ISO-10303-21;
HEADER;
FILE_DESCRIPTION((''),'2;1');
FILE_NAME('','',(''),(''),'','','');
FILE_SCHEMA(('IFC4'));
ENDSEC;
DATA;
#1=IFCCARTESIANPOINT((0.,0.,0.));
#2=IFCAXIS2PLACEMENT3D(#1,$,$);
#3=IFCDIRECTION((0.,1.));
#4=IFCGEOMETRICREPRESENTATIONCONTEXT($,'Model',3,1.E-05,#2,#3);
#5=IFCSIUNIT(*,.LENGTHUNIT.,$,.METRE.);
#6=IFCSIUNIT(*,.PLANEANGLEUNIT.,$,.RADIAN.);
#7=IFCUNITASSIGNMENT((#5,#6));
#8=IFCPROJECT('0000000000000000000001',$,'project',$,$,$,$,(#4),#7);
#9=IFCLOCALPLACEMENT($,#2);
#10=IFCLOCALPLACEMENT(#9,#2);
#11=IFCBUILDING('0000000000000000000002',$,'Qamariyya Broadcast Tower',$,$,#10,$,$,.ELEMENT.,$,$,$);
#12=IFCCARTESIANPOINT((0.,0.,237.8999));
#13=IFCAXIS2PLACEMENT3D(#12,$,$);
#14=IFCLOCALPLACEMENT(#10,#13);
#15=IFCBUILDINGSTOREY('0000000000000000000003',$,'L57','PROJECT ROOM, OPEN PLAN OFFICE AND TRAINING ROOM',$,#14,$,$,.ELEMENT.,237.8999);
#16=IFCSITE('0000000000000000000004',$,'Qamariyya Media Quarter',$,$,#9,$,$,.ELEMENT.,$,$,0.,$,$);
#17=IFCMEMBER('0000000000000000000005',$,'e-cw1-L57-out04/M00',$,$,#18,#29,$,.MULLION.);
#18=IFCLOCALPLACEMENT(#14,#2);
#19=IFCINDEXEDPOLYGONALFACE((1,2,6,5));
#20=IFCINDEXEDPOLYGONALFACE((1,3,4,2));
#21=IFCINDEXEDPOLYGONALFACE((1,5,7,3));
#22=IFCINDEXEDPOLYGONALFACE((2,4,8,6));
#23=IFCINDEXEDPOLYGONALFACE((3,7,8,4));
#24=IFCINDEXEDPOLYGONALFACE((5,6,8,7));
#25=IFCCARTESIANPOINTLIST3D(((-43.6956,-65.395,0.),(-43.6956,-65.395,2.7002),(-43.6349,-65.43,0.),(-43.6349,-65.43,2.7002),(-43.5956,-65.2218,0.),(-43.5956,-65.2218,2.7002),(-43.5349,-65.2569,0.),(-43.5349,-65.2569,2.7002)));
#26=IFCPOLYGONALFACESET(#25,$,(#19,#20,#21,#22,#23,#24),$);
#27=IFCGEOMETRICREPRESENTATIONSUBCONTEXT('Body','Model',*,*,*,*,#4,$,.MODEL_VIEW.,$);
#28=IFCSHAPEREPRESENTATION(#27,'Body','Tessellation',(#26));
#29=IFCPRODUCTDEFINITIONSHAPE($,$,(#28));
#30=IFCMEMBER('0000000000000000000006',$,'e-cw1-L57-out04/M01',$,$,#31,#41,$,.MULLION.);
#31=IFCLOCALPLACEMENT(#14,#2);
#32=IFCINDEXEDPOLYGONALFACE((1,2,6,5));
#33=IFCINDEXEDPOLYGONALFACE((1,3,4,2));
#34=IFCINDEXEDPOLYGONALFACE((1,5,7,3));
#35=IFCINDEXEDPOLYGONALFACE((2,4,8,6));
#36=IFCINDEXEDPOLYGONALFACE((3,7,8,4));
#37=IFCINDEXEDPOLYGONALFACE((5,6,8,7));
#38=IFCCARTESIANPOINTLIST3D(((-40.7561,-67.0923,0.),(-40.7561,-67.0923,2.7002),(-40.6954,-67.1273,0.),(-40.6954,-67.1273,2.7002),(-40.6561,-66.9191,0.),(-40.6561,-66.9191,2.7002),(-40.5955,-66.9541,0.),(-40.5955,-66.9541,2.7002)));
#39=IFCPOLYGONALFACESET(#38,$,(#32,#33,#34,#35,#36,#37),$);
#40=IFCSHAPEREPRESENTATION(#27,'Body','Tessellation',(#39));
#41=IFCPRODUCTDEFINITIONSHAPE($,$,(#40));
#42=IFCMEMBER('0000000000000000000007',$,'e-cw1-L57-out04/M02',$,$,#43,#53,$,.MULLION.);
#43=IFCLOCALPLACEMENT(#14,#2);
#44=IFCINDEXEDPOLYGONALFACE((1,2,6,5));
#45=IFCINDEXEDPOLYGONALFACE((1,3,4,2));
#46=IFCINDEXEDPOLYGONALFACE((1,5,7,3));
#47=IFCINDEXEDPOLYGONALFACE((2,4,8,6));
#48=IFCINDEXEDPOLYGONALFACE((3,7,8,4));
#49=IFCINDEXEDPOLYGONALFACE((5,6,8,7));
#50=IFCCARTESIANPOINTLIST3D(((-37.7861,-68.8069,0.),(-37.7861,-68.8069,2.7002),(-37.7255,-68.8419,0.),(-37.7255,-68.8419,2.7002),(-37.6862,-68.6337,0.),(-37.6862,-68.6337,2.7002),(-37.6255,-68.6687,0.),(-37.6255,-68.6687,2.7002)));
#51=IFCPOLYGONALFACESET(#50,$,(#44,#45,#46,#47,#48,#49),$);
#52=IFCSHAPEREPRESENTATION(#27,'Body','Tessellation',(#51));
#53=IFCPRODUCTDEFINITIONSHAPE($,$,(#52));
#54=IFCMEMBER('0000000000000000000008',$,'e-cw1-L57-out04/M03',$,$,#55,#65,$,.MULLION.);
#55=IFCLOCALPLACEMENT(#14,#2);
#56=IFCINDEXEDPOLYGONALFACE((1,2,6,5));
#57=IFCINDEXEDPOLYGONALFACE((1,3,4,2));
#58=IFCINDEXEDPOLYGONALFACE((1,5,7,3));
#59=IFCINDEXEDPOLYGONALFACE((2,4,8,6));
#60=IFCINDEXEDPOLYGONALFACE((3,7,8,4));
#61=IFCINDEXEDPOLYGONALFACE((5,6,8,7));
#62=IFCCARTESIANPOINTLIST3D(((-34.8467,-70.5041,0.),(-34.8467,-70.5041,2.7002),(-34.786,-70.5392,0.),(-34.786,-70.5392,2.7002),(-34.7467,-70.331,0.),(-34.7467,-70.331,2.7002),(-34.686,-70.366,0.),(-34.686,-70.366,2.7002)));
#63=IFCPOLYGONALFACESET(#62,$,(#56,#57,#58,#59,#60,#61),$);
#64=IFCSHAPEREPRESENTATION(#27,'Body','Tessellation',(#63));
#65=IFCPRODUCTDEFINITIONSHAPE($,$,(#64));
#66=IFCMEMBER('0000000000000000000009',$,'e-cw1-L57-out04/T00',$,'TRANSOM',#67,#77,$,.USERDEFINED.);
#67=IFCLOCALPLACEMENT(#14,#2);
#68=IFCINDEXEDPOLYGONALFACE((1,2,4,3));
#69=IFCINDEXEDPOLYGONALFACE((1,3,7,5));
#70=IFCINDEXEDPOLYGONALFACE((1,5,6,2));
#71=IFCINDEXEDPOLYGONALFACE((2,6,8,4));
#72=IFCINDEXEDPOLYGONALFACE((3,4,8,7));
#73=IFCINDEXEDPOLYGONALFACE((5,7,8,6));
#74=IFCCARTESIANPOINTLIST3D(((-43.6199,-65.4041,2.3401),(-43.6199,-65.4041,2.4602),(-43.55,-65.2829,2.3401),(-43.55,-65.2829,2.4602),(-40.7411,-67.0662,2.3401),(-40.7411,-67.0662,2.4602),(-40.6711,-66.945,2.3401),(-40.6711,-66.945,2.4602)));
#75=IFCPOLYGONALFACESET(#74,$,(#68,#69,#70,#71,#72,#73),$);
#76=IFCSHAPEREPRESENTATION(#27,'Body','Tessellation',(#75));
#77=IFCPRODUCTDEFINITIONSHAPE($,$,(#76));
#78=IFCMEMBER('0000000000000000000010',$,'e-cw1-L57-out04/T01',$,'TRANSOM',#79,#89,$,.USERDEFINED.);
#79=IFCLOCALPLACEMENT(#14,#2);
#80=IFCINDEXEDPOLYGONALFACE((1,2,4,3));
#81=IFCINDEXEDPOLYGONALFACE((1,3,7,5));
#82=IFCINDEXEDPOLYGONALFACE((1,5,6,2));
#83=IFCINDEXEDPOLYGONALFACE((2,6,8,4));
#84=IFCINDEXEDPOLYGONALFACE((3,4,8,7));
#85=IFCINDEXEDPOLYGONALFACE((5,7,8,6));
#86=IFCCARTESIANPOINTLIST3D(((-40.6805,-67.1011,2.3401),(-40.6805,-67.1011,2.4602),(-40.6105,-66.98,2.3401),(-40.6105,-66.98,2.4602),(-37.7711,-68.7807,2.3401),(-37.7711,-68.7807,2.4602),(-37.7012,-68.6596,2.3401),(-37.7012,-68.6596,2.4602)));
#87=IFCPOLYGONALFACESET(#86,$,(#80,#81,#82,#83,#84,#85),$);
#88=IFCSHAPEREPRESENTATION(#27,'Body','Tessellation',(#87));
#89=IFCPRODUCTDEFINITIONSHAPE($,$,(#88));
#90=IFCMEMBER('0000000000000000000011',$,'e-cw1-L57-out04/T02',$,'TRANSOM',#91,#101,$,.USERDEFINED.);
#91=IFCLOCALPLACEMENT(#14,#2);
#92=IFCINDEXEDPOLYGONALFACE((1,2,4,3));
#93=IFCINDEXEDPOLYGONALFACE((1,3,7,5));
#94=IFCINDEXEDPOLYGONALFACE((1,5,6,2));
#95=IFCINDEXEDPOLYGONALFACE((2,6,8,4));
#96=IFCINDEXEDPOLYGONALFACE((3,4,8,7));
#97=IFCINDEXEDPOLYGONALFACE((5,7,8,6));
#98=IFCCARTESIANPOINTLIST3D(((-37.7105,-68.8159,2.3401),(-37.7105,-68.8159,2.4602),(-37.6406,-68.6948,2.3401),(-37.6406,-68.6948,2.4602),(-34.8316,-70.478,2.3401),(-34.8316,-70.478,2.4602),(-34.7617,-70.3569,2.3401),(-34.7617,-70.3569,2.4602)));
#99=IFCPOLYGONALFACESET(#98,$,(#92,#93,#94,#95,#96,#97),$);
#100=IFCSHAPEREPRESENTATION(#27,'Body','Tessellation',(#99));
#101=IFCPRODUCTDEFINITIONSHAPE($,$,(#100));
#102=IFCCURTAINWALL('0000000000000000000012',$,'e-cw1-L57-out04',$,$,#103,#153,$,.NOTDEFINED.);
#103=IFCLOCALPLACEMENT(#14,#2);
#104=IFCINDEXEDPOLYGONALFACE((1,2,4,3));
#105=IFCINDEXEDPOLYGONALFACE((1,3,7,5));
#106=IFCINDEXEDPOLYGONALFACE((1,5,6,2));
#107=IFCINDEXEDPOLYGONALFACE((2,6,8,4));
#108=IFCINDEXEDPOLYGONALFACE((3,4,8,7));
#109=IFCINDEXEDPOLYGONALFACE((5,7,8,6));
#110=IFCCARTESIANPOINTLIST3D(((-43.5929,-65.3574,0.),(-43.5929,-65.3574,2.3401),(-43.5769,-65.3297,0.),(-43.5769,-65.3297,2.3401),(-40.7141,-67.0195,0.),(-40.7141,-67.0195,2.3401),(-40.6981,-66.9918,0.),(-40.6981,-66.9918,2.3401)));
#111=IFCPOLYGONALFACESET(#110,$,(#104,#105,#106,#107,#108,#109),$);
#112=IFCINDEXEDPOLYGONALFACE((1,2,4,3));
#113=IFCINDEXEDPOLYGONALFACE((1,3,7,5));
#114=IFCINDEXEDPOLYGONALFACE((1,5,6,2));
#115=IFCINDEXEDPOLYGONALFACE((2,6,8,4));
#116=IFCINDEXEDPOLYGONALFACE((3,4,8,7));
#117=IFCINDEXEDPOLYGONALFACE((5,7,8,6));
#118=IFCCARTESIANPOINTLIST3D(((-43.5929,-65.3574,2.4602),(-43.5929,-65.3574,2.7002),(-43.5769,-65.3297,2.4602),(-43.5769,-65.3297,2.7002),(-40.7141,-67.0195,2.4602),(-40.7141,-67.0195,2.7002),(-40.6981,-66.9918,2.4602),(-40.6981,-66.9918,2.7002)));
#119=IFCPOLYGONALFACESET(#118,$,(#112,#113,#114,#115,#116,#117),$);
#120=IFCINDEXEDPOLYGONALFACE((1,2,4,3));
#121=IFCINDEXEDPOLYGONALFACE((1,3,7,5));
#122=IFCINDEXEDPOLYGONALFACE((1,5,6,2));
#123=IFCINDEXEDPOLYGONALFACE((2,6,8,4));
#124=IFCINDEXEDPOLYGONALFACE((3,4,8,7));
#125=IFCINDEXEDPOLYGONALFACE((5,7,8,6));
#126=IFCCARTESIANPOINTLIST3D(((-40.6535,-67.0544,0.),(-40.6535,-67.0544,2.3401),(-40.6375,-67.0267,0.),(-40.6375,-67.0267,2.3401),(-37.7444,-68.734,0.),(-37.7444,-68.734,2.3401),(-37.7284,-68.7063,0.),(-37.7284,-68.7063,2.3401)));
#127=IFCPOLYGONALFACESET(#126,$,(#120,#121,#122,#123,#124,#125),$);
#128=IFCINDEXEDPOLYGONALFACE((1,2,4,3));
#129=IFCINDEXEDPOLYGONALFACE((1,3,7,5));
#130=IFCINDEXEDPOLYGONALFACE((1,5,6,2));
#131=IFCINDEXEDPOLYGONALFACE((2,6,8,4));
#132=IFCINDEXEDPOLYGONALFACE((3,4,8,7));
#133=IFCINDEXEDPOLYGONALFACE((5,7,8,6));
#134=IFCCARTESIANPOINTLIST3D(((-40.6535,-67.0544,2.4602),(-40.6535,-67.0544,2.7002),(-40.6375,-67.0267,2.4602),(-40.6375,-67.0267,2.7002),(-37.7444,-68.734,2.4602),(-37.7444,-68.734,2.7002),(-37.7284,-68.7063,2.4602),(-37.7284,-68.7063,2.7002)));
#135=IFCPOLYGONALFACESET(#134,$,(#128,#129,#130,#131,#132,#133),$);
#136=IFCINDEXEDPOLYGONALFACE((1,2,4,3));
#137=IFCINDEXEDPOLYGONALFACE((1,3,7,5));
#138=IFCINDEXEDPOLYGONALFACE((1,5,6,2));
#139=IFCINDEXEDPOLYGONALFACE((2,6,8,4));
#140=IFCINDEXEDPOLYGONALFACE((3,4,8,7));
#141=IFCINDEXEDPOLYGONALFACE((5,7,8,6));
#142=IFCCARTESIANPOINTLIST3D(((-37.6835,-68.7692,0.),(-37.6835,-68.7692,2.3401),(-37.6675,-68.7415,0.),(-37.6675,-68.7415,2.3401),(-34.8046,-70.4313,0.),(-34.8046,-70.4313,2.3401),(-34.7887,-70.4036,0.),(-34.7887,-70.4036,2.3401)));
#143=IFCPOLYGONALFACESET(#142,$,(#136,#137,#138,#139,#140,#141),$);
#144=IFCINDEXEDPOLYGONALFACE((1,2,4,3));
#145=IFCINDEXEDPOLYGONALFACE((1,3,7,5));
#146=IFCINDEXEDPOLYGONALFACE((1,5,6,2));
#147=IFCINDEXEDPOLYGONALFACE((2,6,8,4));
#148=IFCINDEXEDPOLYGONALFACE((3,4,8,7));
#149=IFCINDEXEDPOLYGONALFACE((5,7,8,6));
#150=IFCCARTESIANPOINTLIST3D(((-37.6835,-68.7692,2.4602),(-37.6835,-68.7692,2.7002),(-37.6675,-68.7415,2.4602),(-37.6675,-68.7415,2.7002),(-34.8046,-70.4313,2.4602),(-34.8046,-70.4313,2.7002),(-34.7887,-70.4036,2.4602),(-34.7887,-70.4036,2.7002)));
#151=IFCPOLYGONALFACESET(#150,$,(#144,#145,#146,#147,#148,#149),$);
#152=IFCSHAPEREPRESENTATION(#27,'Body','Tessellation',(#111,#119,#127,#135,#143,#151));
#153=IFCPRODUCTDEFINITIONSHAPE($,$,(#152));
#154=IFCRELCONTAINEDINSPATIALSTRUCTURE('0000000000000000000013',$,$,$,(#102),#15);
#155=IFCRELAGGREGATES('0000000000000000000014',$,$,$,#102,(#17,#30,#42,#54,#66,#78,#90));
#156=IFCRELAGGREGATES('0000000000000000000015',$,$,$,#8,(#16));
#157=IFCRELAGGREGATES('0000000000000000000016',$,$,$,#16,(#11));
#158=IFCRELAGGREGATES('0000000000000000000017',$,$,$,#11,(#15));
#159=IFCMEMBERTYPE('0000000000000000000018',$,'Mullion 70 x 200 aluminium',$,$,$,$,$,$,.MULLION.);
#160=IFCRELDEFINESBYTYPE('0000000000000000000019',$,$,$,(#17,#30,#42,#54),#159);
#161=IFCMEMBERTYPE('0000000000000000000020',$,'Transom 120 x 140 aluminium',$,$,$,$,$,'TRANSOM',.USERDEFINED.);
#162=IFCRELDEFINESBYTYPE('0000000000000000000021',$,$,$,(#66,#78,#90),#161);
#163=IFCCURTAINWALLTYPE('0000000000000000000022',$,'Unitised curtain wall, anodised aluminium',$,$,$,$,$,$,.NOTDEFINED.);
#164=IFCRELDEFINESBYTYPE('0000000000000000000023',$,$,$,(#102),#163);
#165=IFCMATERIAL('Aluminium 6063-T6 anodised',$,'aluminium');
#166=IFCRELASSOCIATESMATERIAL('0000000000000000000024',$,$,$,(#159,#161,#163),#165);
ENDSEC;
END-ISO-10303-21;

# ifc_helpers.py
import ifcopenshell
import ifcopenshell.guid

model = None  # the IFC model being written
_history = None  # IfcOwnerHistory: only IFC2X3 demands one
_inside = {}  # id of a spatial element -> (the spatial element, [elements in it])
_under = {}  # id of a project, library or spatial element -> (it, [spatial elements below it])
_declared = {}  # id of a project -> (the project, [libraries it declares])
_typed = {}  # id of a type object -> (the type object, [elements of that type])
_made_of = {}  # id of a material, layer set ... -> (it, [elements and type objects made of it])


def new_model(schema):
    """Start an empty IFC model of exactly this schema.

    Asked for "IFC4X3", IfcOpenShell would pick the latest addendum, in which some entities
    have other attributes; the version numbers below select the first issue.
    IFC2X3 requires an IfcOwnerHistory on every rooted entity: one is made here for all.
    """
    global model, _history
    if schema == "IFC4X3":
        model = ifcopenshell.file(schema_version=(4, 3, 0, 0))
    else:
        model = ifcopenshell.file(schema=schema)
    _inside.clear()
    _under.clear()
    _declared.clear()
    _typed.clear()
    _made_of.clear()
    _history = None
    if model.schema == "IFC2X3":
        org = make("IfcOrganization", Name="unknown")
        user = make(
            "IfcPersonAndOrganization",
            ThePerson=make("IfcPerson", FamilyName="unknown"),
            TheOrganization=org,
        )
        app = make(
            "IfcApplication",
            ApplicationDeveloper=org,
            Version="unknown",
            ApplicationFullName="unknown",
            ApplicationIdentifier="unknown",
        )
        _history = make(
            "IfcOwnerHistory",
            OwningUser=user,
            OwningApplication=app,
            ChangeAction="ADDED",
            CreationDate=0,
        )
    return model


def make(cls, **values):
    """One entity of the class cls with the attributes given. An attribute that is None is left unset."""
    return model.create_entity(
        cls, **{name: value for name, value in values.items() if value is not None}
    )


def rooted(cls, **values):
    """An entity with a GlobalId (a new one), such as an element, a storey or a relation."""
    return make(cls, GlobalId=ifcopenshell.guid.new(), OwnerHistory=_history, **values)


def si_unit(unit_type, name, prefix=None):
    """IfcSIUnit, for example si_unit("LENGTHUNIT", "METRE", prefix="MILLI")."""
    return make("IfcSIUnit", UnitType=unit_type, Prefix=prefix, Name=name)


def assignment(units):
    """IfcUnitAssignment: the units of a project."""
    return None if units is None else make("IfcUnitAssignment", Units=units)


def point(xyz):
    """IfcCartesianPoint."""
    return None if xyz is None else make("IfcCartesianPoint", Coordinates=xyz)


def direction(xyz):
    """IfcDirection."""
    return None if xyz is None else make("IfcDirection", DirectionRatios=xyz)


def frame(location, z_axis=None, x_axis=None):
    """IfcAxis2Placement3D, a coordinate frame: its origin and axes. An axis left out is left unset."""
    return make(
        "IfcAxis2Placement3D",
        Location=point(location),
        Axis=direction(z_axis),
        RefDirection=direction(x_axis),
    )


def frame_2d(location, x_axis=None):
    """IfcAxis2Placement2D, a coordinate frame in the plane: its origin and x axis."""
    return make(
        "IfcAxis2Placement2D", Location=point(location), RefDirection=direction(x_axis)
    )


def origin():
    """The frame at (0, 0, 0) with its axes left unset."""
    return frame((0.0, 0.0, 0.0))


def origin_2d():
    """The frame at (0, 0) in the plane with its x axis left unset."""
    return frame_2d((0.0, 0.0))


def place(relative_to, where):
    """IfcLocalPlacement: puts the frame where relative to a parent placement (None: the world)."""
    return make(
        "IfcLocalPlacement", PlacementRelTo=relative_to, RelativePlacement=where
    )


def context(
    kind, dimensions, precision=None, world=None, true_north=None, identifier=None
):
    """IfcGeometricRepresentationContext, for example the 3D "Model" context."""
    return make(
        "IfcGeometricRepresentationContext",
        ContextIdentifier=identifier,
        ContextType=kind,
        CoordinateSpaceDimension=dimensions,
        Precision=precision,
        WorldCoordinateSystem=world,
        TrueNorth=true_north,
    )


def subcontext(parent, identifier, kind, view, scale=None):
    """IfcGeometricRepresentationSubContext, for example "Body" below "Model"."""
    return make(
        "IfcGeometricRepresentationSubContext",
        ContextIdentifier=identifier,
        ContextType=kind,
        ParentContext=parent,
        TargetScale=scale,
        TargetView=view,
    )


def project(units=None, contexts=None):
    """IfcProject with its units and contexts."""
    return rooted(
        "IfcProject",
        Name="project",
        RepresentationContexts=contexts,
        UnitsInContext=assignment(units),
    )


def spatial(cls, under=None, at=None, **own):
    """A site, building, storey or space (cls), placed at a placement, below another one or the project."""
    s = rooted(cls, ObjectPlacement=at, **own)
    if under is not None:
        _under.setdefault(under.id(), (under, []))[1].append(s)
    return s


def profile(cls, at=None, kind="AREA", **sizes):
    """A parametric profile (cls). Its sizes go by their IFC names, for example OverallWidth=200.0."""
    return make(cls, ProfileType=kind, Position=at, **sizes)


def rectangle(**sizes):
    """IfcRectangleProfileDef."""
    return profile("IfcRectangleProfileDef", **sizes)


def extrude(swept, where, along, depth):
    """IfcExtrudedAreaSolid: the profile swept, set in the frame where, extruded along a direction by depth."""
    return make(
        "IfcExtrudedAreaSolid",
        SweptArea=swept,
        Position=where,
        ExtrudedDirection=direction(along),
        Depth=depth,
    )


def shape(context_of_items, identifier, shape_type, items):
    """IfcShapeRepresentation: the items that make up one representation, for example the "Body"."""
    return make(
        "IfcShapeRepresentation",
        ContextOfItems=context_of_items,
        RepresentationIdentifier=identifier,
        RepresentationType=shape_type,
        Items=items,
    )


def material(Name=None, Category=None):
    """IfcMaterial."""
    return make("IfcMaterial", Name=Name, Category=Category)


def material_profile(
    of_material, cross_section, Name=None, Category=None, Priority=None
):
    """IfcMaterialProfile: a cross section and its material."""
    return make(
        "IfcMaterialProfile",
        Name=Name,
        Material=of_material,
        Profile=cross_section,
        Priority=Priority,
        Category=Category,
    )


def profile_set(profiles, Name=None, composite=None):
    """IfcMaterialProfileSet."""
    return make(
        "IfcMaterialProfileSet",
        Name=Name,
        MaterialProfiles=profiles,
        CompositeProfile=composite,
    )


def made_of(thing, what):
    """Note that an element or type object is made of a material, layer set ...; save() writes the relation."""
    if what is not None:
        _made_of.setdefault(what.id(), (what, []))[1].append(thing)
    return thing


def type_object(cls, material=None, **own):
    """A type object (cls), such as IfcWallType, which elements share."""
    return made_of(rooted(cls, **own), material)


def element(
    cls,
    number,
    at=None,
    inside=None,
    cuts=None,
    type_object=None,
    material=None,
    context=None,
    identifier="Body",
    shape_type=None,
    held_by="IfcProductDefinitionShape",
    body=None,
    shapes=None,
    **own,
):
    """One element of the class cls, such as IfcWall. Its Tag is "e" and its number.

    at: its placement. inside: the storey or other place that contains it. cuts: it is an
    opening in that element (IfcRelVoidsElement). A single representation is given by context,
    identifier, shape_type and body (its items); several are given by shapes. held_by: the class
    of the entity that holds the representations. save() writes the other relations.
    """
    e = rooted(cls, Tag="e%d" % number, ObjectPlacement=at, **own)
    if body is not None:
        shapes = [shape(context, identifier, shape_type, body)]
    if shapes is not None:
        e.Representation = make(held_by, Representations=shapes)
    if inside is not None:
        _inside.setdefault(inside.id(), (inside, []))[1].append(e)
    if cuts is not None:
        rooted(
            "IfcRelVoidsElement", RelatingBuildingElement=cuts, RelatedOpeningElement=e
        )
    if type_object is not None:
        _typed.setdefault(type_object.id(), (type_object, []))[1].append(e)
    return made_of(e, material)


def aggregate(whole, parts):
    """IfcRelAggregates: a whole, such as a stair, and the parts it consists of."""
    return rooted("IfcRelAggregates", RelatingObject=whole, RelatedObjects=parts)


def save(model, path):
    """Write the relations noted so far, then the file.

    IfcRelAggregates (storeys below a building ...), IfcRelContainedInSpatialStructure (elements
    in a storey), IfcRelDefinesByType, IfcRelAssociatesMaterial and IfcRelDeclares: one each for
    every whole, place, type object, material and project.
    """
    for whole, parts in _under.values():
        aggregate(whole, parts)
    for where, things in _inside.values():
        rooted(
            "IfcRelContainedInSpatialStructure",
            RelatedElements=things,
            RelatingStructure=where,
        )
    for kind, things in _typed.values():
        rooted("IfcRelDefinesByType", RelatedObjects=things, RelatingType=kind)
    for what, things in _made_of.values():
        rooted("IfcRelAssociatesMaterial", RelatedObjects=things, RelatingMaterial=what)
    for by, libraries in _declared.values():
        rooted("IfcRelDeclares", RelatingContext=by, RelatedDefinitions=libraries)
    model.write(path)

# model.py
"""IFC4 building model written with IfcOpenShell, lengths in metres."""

from ifc_helpers import new_model, si_unit, direction, frame, origin, origin_2d, place, context, subcontext, project, spatial, rectangle, extrude, material, material_profile, profile_set, type_object, element, aggregate, save


model = new_model("IFC4")

# Units and contexts
model_context = context("Model", 3, precision=1e-05, world=origin(), true_north=direction((0.0, 1.0)))
body_context = subcontext(model_context, "Body", "Model", "MODEL_VIEW")
ifc_project = project(units=[si_unit("LENGTHUNIT", "METRE"), si_unit("PLANEANGLEUNIT", "RADIAN")], contexts=[model_context])

# Members
ifc_material = material(Name="Aluminium 6063-T6 anodised", Category="aluminium")
ifc_material_profile_1 = material_profile(ifc_material, rectangle(XDim=0.2, YDim=0.0701, at=origin_2d()))
ifc_profile_set_1 = profile_set([ifc_material_profile_1], Name="Aluminium 6063-T6 anodised")
member_type_1 = type_object("IfcMemberType", Name="Mullion 70 x 200 aluminium", PredefinedType="MULLION", material=ifc_profile_set_1)
site_placement = place(None, origin())
building_placement = place(site_placement, origin())
storey_placement = place(building_placement, frame((0.0, 0.0, 237.8999)))
member_1_placement = place(storey_placement, frame((-43.6152, -65.3259, 0.0), z_axis=(0.0, 0.0, 1.0), x_axis=(0.5, 0.866025, 0.0)))
member_1 = element("IfcMember", 1, at=member_1_placement, type_object=member_type_1, Name="e-cw1-L57-out04/M00", PredefinedType="MULLION", context=body_context, shape_type="SweptSolid", body=[
    extrude(rectangle(XDim=0.2, YDim=0.0701, at=origin_2d()), origin(), (0.0, 0.0, 1.0), 2.7002),
])
member_2_placement = place(storey_placement, frame((-40.6758, -67.0232, 0.0), z_axis=(0.0, 0.0, 1.0), x_axis=(0.5, 0.866025, 0.0)))
member_2 = element("IfcMember", 2, at=member_2_placement, type_object=member_type_1, Name="e-cw1-L57-out04/M01", PredefinedType="MULLION", context=body_context, shape_type="SweptSolid", body=[
    extrude(rectangle(XDim=0.2, YDim=0.0701, at=origin_2d()), origin(), (0.0, 0.0, 1.0), 2.7002),
])
member_3_placement = place(storey_placement, frame((-37.7058, -68.7378, 0.0), z_axis=(0.0, 0.0, 1.0), x_axis=(0.5, 0.866025, 0.0)))
member_3 = element("IfcMember", 3, at=member_3_placement, type_object=member_type_1, Name="e-cw1-L57-out04/M02", PredefinedType="MULLION", context=body_context, shape_type="SweptSolid", body=[
    extrude(rectangle(XDim=0.2, YDim=0.0701, at=origin_2d()), origin(), (0.0, 0.0, 1.0), 2.7002),
])
member_4_placement = place(storey_placement, frame((-34.7664, -70.4351, 0.0), z_axis=(0.0, 0.0, 1.0), x_axis=(0.5, 0.866025, 0.0)))
member_4 = element("IfcMember", 4, at=member_4_placement, type_object=member_type_1, Name="e-cw1-L57-out04/M03", PredefinedType="MULLION", context=body_context, shape_type="SweptSolid", body=[
    extrude(rectangle(XDim=0.2, YDim=0.0701, at=origin_2d()), origin(), (0.0, 0.0, 1.0), 2.7002),
])
ifc_material_profile_2 = material_profile(ifc_material, rectangle(XDim=0.1399, YDim=0.1201, at=origin_2d()))
ifc_profile_set_2 = profile_set([ifc_material_profile_2], Name="Aluminium 6063-T6 anodised")
member_type_2 = type_object("IfcMemberType", Name="Transom 120 x 140 aluminium", ElementType="TRANSOM", PredefinedType="USERDEFINED", material=ifc_profile_set_2)
member_5_placement = place(storey_placement, frame((-43.585, -65.3435, 2.4001), z_axis=(0.866029, -0.499994, 0.0), x_axis=(0.499994, 0.866029, 0.0)))
member_5 = element("IfcMember", 5, at=member_5_placement, type_object=member_type_2, Name="e-cw1-L57-out04/T00", ObjectType="TRANSOM", PredefinedType="USERDEFINED", context=body_context, shape_type="SweptSolid", body=[
    extrude(rectangle(XDim=0.1399, YDim=0.1201, at=origin_2d()), origin(), (0.0, 0.0, 1.0), 3.3242),
])
member_6_placement = place(storey_placement, frame((-40.6455, -67.0405, 2.4001), z_axis=(0.866034, -0.499985, 0.0), x_axis=(0.499985, 0.866034, 0.0)))
member_6 = element("IfcMember", 6, at=member_6_placement, type_object=member_type_2, Name="e-cw1-L57-out04/T01", ObjectType="TRANSOM", PredefinedType="USERDEFINED", context=body_context, shape_type="SweptSolid", body=[
    extrude(rectangle(XDim=0.1399, YDim=0.1201, at=origin_2d()), origin(), (0.0, 0.0, 1.0), 3.3594),
])
member_7_placement = place(storey_placement, frame((-37.6755, -68.7554, 2.4001), z_axis=(0.866029, -0.499994, 0.0), x_axis=(0.499994, 0.866029, 0.0)))
member_7 = element("IfcMember", 7, at=member_7_placement, type_object=member_type_2, Name="e-cw1-L57-out04/T02", ObjectType="TRANSOM", PredefinedType="USERDEFINED", context=body_context, shape_type="SweptSolid", body=[
    extrude(rectangle(XDim=0.1399, YDim=0.1201, at=origin_2d()), origin(), (0.0, 0.0, 1.0), 3.3242),
])

# Site, building, storey
site = spatial("IfcSite", under=ifc_project, at=site_placement, Name="Qamariyya Media Quarter", CompositionType="ELEMENT", RefElevation=0.0)
building = spatial("IfcBuilding", under=site, at=building_placement, Name="Qamariyya Broadcast Tower", CompositionType="ELEMENT")
storey = spatial("IfcBuildingStorey", under=building, at=storey_placement, Name="L57", Description="PROJECT ROOM, OPEN PLAN OFFICE AND TRAINING ROOM", CompositionType="ELEMENT", Elevation=237.8999)

# Curtain wall
curtain_wall_type = type_object("IfcCurtainWallType", Name="Unitised curtain wall, anodised aluminium", PredefinedType="NOTDEFINED", material=ifc_material)
curtain_wall_1_placement = place(storey_placement, origin())
curtain_wall_1 = element("IfcCurtainWall", 8, at=curtain_wall_1_placement, inside=storey, type_object=curtain_wall_type, Name="e-cw1-L57-out04", PredefinedType="NOTDEFINED", context=body_context, shape_type="SweptSolid", body=[
    extrude(rectangle(XDim=3.3242, YDim=0.032, at=origin_2d()), frame((-42.1455, -66.1746, 0.0), x_axis=(0.866028, -0.499996, 0.0)), (0.0, 0.0, 1.0), 2.3401),
    extrude(rectangle(XDim=3.3242, YDim=0.032, at=origin_2d()), frame((-42.1455, -66.1746, 2.4602), x_axis=(0.866028, -0.499996, 0.0)), (0.0, 0.0, 1.0), 0.24),
    extrude(rectangle(XDim=3.3591, YDim=0.032, at=origin_2d()), frame((-39.1909, -67.8804, 0.0), x_axis=(0.866028, -0.499996, 0.0)), (0.0, 0.0, 1.0), 2.3401),
    extrude(rectangle(XDim=3.3591, YDim=0.032, at=origin_2d()), frame((-39.1909, -67.8804, 2.4602), x_axis=(0.866028, -0.499996, 0.0)), (0.0, 0.0, 1.0), 0.24),
    extrude(rectangle(XDim=3.3242, YDim=0.032, at=origin_2d()), frame((-36.2361, -69.5864, 0.0), x_axis=(0.866028, -0.499996, 0.0)), (0.0, 0.0, 1.0), 2.3401),
    extrude(rectangle(XDim=3.3242, YDim=0.032, at=origin_2d()), frame((-36.2361, -69.5864, 2.4602), x_axis=(0.866028, -0.499996, 0.0)), (0.0, 0.0, 1.0), 0.24),
])
aggregate(curtain_wall_1, [member_1, member_2, member_3, member_4, member_5, member_6, member_7])

save(model, "model.ifc")
